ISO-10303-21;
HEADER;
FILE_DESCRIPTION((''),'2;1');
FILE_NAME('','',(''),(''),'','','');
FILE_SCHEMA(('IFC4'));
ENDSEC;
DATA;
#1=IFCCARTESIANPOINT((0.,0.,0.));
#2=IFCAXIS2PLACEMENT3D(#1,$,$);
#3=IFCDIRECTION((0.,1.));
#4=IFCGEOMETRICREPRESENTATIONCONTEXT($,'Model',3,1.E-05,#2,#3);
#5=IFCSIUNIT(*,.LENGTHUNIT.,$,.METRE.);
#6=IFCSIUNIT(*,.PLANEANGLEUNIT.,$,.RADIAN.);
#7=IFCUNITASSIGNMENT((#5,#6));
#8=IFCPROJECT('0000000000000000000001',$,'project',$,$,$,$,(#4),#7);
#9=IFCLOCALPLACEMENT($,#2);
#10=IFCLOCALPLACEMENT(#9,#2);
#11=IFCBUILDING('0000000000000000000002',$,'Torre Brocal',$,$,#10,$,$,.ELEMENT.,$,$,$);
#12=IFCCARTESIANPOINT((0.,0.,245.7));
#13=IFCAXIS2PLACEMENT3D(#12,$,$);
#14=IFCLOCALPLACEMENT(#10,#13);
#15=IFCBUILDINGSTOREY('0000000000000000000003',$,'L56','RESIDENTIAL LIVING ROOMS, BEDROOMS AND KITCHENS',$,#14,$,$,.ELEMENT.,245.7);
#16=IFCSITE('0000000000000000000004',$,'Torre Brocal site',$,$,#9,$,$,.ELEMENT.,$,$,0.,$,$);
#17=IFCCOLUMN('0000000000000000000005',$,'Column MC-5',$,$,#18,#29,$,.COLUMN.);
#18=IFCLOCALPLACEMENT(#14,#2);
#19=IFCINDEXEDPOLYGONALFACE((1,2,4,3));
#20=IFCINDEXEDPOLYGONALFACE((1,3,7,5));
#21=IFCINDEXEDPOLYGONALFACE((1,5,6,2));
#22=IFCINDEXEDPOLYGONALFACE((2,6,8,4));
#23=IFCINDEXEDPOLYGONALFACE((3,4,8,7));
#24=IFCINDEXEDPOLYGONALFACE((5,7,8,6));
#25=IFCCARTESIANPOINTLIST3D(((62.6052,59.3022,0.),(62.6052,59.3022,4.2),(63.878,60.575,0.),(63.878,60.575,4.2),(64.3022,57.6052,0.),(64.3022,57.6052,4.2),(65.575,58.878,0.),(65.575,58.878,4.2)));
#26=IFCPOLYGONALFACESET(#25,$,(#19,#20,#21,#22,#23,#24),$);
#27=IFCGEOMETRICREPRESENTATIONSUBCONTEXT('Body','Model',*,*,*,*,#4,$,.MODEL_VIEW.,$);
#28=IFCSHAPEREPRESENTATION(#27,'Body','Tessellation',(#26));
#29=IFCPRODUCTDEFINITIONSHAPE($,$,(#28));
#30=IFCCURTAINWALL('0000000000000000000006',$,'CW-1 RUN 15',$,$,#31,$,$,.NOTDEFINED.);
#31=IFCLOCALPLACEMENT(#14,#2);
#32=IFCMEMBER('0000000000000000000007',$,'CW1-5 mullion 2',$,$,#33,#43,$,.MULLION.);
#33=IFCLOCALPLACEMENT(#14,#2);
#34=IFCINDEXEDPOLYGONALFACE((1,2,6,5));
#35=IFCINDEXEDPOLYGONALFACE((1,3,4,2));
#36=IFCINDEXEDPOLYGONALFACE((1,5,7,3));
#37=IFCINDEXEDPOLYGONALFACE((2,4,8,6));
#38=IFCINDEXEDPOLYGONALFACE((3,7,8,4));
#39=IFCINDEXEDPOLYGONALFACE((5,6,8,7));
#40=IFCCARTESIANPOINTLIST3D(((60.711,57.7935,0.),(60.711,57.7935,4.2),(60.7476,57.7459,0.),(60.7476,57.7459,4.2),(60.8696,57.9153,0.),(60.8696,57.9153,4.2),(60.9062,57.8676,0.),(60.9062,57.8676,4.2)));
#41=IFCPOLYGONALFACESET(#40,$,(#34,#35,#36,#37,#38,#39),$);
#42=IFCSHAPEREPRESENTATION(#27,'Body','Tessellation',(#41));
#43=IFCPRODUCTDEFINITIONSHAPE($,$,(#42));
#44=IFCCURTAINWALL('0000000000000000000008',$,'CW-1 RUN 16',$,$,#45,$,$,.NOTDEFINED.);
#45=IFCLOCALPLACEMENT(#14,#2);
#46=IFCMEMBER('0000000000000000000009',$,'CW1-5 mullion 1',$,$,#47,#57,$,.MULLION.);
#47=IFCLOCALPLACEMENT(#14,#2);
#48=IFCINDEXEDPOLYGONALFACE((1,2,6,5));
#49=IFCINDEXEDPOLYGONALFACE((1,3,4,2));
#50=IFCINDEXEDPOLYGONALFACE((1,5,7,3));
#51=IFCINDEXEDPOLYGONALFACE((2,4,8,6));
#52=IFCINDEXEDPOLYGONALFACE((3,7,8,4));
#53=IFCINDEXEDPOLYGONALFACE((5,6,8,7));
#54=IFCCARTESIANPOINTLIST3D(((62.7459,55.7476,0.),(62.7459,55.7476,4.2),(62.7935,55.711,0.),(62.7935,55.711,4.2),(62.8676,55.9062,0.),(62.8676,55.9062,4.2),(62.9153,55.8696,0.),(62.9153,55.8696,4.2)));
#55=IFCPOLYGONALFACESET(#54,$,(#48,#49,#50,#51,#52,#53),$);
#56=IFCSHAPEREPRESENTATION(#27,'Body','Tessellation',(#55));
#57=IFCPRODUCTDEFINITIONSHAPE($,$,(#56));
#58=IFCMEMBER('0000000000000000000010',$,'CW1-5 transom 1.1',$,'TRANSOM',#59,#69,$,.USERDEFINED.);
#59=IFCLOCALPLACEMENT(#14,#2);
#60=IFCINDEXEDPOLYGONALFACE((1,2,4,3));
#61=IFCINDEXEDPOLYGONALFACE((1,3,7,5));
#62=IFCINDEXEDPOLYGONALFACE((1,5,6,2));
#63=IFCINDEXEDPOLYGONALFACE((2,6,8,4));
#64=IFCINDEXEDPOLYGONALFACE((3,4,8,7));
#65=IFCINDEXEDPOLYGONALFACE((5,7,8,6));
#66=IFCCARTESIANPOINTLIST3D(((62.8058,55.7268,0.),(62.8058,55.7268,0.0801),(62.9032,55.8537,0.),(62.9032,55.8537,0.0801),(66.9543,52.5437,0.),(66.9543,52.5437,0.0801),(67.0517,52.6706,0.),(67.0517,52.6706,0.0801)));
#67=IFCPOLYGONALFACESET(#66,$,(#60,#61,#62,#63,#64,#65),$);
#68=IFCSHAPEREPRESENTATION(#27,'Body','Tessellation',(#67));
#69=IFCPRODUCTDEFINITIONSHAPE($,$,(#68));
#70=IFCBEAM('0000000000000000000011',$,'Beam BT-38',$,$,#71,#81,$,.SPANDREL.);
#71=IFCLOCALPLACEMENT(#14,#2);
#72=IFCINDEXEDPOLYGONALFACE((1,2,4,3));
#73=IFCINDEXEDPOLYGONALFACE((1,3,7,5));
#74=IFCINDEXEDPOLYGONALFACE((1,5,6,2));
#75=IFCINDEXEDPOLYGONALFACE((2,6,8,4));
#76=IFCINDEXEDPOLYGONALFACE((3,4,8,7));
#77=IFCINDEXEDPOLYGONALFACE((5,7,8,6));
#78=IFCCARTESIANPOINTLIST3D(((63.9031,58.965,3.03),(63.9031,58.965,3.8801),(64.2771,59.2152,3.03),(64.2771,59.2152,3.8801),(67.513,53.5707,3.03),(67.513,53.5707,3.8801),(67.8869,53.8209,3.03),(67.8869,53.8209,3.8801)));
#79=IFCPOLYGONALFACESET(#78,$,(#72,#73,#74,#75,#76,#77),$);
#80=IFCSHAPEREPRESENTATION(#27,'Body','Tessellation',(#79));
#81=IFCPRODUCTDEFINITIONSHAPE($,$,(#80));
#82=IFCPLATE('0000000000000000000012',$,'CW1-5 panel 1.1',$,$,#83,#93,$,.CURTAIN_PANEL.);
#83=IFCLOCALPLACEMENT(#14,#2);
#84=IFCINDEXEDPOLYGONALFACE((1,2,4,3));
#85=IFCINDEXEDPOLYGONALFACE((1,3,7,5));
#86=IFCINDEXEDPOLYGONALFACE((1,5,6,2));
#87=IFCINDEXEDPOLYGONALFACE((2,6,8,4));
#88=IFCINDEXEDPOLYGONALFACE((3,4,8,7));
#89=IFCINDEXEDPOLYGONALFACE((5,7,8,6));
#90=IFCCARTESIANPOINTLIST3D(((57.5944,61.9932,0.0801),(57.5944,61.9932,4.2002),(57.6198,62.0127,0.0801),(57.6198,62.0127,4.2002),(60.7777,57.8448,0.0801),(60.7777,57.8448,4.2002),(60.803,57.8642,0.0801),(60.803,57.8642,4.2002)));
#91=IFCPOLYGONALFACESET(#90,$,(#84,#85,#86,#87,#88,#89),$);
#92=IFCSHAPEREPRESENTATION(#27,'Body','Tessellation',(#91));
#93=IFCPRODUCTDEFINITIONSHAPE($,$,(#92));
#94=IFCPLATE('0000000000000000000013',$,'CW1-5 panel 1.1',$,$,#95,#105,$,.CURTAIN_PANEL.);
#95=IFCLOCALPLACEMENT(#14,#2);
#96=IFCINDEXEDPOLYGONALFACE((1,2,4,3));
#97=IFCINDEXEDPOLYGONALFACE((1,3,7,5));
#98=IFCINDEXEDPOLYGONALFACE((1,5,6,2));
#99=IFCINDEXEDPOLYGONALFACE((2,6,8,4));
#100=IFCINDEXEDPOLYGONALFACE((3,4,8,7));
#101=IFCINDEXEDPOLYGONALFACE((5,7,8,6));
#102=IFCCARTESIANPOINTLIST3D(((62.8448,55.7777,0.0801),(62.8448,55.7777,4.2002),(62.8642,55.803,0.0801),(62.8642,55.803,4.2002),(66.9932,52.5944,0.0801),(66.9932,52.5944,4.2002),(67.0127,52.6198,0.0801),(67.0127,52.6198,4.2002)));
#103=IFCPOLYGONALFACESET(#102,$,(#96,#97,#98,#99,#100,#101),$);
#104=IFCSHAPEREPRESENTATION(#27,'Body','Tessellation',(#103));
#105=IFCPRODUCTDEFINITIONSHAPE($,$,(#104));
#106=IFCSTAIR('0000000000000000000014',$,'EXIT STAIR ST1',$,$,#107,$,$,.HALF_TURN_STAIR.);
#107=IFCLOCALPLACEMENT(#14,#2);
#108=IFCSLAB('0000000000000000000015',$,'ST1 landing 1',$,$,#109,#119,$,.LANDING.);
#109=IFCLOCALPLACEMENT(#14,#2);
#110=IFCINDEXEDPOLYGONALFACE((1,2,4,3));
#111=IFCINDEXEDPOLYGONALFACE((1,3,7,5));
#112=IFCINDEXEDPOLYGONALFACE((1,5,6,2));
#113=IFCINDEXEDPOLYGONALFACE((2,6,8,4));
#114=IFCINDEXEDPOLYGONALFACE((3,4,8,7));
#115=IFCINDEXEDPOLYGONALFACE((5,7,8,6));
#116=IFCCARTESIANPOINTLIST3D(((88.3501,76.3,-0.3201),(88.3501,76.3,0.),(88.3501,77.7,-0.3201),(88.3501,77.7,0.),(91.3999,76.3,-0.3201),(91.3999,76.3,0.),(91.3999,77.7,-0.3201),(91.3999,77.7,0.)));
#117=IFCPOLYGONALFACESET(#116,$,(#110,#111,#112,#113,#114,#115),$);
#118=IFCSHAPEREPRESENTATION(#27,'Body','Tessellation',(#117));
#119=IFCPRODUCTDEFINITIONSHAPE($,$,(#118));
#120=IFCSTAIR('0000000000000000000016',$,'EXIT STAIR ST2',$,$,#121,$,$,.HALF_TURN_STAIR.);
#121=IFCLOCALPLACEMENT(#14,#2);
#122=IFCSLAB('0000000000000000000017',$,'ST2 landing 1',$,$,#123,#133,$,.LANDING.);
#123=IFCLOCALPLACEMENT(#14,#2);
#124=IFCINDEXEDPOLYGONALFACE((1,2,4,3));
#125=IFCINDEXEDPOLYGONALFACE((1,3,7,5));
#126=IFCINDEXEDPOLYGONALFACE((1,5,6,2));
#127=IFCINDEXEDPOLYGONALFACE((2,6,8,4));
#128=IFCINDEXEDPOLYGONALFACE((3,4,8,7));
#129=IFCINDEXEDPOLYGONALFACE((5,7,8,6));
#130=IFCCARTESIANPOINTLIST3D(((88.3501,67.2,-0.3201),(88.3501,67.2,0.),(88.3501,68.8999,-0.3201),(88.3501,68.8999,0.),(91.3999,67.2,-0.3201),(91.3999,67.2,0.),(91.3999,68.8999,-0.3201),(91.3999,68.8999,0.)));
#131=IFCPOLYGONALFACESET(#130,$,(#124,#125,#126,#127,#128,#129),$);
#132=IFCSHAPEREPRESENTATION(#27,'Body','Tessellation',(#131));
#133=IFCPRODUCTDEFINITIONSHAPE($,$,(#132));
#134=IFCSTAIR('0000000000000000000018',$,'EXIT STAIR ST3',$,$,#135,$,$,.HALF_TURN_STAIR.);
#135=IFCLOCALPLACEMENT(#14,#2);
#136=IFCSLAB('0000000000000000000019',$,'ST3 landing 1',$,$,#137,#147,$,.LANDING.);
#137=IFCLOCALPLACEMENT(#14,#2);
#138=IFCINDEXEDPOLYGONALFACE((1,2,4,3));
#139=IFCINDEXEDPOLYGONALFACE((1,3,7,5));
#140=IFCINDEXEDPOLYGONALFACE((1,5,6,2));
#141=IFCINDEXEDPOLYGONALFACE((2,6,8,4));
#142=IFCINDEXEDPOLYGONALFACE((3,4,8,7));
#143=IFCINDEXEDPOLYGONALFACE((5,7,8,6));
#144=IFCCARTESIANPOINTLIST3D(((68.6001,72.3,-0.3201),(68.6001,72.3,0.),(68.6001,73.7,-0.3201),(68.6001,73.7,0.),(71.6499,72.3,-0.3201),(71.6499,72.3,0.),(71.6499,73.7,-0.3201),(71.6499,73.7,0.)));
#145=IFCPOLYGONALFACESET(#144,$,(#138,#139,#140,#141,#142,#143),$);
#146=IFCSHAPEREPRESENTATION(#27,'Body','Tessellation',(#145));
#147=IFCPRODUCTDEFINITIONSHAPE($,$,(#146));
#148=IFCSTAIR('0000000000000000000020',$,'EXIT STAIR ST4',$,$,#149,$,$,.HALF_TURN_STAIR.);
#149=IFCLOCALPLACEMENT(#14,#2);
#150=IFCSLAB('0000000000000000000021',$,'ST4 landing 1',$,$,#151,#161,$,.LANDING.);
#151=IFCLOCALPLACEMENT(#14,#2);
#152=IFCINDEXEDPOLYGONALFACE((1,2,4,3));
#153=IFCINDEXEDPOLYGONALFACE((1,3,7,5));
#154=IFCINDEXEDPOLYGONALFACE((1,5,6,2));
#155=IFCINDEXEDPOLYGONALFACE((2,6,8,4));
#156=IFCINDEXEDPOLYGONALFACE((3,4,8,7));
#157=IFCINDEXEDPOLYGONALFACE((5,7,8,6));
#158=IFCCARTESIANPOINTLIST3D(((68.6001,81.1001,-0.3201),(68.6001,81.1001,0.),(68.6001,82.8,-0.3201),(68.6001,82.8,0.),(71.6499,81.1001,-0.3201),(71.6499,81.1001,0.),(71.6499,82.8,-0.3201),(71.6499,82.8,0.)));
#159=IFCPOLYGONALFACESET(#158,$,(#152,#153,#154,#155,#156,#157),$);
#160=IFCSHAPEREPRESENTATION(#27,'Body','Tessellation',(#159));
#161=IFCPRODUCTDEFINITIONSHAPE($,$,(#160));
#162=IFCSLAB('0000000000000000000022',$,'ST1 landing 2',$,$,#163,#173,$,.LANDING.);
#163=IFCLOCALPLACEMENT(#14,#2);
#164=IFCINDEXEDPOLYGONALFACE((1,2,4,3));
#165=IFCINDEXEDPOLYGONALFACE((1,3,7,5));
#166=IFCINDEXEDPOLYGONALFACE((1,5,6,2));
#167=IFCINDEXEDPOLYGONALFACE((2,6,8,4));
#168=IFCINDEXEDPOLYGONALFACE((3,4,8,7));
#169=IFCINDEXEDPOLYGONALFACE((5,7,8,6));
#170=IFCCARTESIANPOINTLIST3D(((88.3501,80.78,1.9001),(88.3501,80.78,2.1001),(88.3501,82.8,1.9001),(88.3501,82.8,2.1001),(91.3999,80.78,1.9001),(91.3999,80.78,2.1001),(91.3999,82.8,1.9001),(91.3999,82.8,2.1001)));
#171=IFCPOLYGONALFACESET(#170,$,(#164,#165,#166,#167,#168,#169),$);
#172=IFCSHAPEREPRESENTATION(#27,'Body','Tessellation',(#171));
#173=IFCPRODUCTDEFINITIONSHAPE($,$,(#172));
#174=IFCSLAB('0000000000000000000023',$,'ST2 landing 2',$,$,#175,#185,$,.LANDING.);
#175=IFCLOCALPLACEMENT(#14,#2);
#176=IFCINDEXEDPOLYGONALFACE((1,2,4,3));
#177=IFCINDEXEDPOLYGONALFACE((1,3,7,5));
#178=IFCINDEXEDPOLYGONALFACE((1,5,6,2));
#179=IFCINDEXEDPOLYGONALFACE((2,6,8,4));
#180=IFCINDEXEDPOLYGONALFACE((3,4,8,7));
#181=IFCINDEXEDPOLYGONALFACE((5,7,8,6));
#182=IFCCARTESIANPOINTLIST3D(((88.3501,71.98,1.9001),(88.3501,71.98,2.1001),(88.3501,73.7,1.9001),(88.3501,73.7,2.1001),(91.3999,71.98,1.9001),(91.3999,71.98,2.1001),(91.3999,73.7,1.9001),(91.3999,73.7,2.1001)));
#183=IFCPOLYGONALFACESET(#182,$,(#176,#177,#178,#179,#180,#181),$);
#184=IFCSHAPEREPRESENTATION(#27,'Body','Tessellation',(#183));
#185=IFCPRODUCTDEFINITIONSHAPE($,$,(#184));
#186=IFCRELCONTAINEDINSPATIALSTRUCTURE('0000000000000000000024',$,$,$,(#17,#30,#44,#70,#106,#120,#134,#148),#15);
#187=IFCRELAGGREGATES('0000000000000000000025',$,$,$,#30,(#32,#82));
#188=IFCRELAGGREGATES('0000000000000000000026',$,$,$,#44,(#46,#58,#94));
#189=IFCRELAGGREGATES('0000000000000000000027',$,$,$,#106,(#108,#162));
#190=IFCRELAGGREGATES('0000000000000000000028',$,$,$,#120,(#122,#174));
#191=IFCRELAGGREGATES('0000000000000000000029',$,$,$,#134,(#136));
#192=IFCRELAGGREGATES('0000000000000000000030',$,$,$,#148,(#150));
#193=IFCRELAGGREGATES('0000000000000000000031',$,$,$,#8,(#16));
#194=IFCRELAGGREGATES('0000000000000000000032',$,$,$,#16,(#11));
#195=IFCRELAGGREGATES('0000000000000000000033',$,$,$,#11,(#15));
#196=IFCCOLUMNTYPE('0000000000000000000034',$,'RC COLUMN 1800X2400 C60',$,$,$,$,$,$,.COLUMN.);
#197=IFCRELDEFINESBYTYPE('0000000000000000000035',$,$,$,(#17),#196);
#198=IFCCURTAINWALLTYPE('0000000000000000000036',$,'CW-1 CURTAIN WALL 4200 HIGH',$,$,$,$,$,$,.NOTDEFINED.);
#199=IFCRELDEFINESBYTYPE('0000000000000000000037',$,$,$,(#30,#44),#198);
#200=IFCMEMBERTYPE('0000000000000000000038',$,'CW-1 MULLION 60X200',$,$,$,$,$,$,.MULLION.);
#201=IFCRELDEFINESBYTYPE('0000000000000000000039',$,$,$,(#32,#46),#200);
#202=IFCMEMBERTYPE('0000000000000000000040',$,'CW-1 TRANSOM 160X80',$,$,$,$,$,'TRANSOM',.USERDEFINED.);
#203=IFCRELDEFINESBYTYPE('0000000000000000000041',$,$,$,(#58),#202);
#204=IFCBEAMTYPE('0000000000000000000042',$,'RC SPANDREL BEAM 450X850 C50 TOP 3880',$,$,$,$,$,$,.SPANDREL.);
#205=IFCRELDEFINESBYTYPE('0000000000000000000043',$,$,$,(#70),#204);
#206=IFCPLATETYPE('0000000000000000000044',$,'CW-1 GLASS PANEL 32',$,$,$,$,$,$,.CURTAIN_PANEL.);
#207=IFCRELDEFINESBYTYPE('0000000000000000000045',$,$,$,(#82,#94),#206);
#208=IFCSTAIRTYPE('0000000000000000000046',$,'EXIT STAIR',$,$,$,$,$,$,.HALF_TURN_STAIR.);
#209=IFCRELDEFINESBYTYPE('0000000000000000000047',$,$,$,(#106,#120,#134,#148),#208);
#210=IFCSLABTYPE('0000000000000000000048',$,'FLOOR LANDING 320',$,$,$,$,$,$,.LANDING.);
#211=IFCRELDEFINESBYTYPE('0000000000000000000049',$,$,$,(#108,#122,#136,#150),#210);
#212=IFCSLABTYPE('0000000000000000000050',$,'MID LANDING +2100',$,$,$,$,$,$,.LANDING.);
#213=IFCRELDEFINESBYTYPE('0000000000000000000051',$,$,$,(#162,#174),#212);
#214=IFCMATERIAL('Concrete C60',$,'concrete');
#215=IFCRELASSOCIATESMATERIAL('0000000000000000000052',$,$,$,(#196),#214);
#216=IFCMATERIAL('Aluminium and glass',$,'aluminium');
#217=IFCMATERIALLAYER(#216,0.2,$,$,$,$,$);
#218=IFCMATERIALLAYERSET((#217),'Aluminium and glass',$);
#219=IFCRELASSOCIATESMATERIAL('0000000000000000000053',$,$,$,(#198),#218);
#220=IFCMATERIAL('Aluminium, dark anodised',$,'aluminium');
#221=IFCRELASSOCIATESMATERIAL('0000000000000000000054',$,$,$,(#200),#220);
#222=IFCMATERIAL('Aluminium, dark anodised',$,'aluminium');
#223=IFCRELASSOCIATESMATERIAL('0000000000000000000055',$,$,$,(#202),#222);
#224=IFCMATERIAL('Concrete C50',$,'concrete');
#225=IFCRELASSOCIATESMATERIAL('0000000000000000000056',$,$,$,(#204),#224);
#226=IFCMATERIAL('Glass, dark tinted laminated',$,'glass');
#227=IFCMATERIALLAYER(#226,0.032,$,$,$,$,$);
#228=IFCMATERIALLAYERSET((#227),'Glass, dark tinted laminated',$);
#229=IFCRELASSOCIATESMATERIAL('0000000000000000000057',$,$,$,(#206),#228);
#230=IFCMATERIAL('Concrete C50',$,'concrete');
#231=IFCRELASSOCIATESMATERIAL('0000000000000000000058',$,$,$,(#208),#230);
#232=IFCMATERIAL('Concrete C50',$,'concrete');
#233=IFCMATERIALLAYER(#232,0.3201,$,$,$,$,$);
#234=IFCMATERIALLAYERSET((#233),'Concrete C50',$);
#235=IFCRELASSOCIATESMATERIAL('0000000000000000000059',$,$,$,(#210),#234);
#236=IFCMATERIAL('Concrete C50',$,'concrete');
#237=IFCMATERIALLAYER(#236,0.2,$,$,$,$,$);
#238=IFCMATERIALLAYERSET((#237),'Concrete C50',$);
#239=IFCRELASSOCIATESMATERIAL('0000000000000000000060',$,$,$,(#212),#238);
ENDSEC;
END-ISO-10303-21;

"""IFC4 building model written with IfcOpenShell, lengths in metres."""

from ifc_helpers import new_model, si_unit, direction, frame, origin, origin_2d, place, context, subcontext, project, spatial, polyline, rectangle, outline, extrude, material, layer, layer_set, material_profile, profile_set, type_object, element, aggregate, save


model = new_model("IFC4")

# Units and contexts
model_context = context("Model", 3, precision=1e-05, world=origin(), true_north=direction((0.0, 1.0)))
body_context = subcontext(model_context, "Body", "Model", "MODEL_VIEW")
ifc_project = project(units=[si_unit("LENGTHUNIT", "METRE"), si_unit("PLANEANGLEUNIT", "RADIAN")], contexts=[model_context])

# Site, building, storey
site_placement = place(None, origin())
site = spatial("IfcSite", under=ifc_project, at=site_placement, Name="Torre Brocal site", CompositionType="ELEMENT", RefElevation=0.0)
building_placement = place(site_placement, origin())
building = spatial("IfcBuilding", under=site, at=building_placement, Name="Torre Brocal", CompositionType="ELEMENT")
storey_placement = place(building_placement, frame((0.0, 0.0, 245.7)))
storey = spatial("IfcBuildingStorey", under=building, at=storey_placement, Name="L56", Description="RESIDENTIAL LIVING ROOMS, BEDROOMS AND KITCHENS", CompositionType="ELEMENT", Elevation=245.7)

# Column
ifc_material_1 = material(Name="Concrete C60", Category="concrete")
ifc_material_profile_1 = material_profile(ifc_material_1, rectangle(XDim=1.8, YDim=2.3999, at=origin_2d()), Name="RC 1800X2400")
ifc_profile_set_1 = profile_set([ifc_material_profile_1], Name="Concrete C60")
column_type = type_object("IfcColumnType", Name="RC COLUMN 1800X2400 C60", PredefinedType="COLUMN", material=ifc_profile_set_1)
column_placement = place(storey_placement, frame((64.0901, 59.0901, 0.0), z_axis=(0.0, 0.0, 1.0), x_axis=(-0.707107, -0.707107, 0.0)))
element("IfcColumn", 1, at=column_placement, inside=storey, type_object=column_type, Name="Column MC-5", PredefinedType="COLUMN", context=body_context, shape_type="SweptSolid", body=[
    extrude(rectangle(XDim=1.8, YDim=2.3999, at=origin_2d()), origin(), (0.0, 0.0, 1.0), 4.2),
])

# Curtain wall, member
ifc_material_2 = material(Name="Aluminium and glass", Category="aluminium")
ifc_layer_1 = layer(ifc_material_2, 0.2)
ifc_layer_set_1 = layer_set([ifc_layer_1], Name="Aluminium and glass")
curtain_wall_type = type_object("IfcCurtainWallType", Name="CW-1 CURTAIN WALL 4200 HIGH", PredefinedType="NOTDEFINED", material=ifc_layer_set_1)
curtain_wall_1_placement = place(storey_placement, origin())
curtain_wall_1 = element("IfcCurtainWall", 2, at=curtain_wall_1_placement, inside=storey, type_object=curtain_wall_type, Name="CW-1 RUN 15", PredefinedType="NOTDEFINED")
ifc_material_3 = material(Name="Aluminium, dark anodised", Category="aluminium")
ifc_material_profile_2 = material_profile(ifc_material_3, rectangle(XDim=0.2, YDim=0.0601, at=origin_2d()), Name="CW-1 MULLION 60X200")
ifc_profile_set_2 = profile_set([ifc_material_profile_2], Name="Aluminium, dark anodised")
member_type_1 = type_object("IfcMemberType", Name="CW-1 MULLION 60X200", PredefinedType="MULLION", material=ifc_profile_set_2)
member_1_placement = place(storey_placement, frame((60.8086, 57.8306, 0.0), z_axis=(0.0, 0.0, 1.0), x_axis=(0.793353, 0.608761, 0.0)))
member_1 = element("IfcMember", 3, at=member_1_placement, type_object=member_type_1, Name="CW1-5 mullion 2", PredefinedType="MULLION", context=body_context, shape_type="SweptSolid", body=[
    extrude(rectangle(XDim=0.2, YDim=0.0601, at=origin_2d()), origin(), (0.0, 0.0, 1.0), 4.2),
])

# Curtain wall, members
curtain_wall_2_placement = place(storey_placement, origin())
curtain_wall_2 = element("IfcCurtainWall", 4, at=curtain_wall_2_placement, inside=storey, type_object=curtain_wall_type, Name="CW-1 RUN 16", PredefinedType="NOTDEFINED")
member_2_placement = place(storey_placement, frame((62.8306, 55.8086, 0.0), z_axis=(0.0, 0.0, 1.0), x_axis=(0.608761, 0.793353, 0.0)))
member_2 = element("IfcMember", 5, at=member_2_placement, type_object=member_type_1, Name="CW1-5 mullion 1", PredefinedType="MULLION", context=body_context, shape_type="SweptSolid", body=[
    extrude(rectangle(XDim=0.2, YDim=0.0601, at=origin_2d()), origin(), (0.0, 0.0, 1.0), 4.2),
])
ifc_material_4 = material(Name="Aluminium, dark anodised", Category="aluminium")
ifc_material_profile_3 = material_profile(ifc_material_4, rectangle(XDim=0.1599, YDim=0.0801, at=origin_2d()), Name="CW-1 TRANSOM 160X80")
ifc_profile_set_3 = profile_set([ifc_material_profile_3], Name="Aluminium, dark anodised")
member_type_2 = type_object("IfcMemberType", Name="CW-1 TRANSOM 160X80", ElementType="TRANSOM", PredefinedType="USERDEFINED", material=ifc_profile_set_3)
member_3_placement = place(storey_placement, frame((62.8545, 55.7903, 0.04), z_axis=(0.793363, -0.608749, 0.0), x_axis=(0.608749, 0.793363, 0.0)))
member_3 = element("IfcMember", 6, at=member_3_placement, type_object=member_type_2, Name="CW1-5 transom 1.1", ObjectType="TRANSOM", PredefinedType="USERDEFINED", context=body_context, shape_type="SweptSolid", body=[
    extrude(rectangle(XDim=0.1599, YDim=0.0801, at=origin_2d()), origin(), (0.0, 0.0, 1.0), 5.229),
])

# Beam
ifc_material_5 = material(Name="Concrete C50", Category="concrete")
ifc_material_profile_4 = material_profile(ifc_material_5, rectangle(XDim=0.45, YDim=0.8501, at=origin_2d()), Name="RC 450X850")
ifc_profile_set_4 = profile_set([ifc_material_profile_4], Name="Concrete C50")
beam_type = type_object("IfcBeamType", Name="RC SPANDREL BEAM 450X850 C50 TOP 3880", PredefinedType="SPANDREL", material=ifc_profile_set_4)
beam_placement = place(storey_placement, frame((64.0901, 59.0901, 3.4551), z_axis=(0.556158, -0.831077, 0.0), x_axis=(0.831077, 0.556158, 0.0)))
element("IfcBeam", 7, at=beam_placement, inside=storey, type_object=beam_type, Name="Beam BT-38", PredefinedType="SPANDREL", context=body_context, shape_type="SweptSolid", body=[
    extrude(rectangle(XDim=0.45, YDim=0.8501, at=origin_2d()), origin(), (0.0, 0.0, 1.0), 6.4907),
])

# Plates
ifc_material_6 = material(Name="Glass, dark tinted laminated", Category="glass")
ifc_layer_2 = layer(ifc_material_6, 0.032)
ifc_layer_set_2 = layer_set([ifc_layer_2], Name="Glass, dark tinted laminated")
plate_type = type_object("IfcPlateType", Name="CW-1 GLASS PANEL 32", PredefinedType="CURTAIN_PANEL", material=ifc_layer_set_2)
plate_1_placement = place(storey_placement, frame((59.1987, 59.9287, 0.0801), z_axis=(0.0, 0.0, 1.0), x_axis=(0.608761, -0.793353, 0.0)))
plate_1 = element("IfcPlate", 8, at=plate_1_placement, type_object=plate_type, Name="CW1-5 panel 1.1", PredefinedType="CURTAIN_PANEL", context=body_context, shape_type="SweptSolid", body=[
    extrude(rectangle(XDim=5.229, YDim=0.032, at=origin_2d()), origin(), (0.0, 0.0, 1.0), 4.1201),
])
aggregate(curtain_wall_1, [member_1, plate_1])
plate_2_placement = place(storey_placement, frame((64.9287, 54.1987, 0.0801), z_axis=(0.0, 0.0, 1.0), x_axis=(0.793353, -0.608761, 0.0)))
plate_2 = element("IfcPlate", 9, at=plate_2_placement, type_object=plate_type, Name="CW1-5 panel 1.1", PredefinedType="CURTAIN_PANEL", context=body_context, shape_type="SweptSolid", body=[
    extrude(rectangle(XDim=5.229, YDim=0.032, at=origin_2d()), origin(), (0.0, 0.0, 1.0), 4.1201),
])
aggregate(curtain_wall_2, [member_2, member_3, plate_2])

# Stairs, slabs
ifc_material_7 = material(Name="Concrete C50", Category="concrete")
stair_type = type_object("IfcStairType", Name="EXIT STAIR", PredefinedType="HALF_TURN_STAIR", material=ifc_material_7)
stair_1_placement = place(storey_placement, origin())
stair_1 = element("IfcStair", 10, at=stair_1_placement, inside=storey, type_object=stair_type, Name="EXIT STAIR ST1", PredefinedType="HALF_TURN_STAIR")
ifc_material_8 = material(Name="Concrete C50", Category="concrete")
ifc_layer_3 = layer(ifc_material_8, 0.3201)
ifc_layer_set_3 = layer_set([ifc_layer_3], Name="Concrete C50")
slab_type_1 = type_object("IfcSlabType", Name="FLOOR LANDING 320", PredefinedType="LANDING", material=ifc_layer_set_3)
slab_1_placement = place(storey_placement, frame((0.0, 0.0, -0.3201)))
slab_1 = element("IfcSlab", 11, at=slab_1_placement, type_object=slab_type_1, Name="ST1 landing 1", PredefinedType="LANDING", context=body_context, shape_type="SweptSolid", body=[
    extrude(outline(polyline([(88.3501, 76.3), (91.3999, 76.3), (91.3999, 77.7), (88.3501, 77.7), (88.3501, 76.3)])), origin(), (0.0, 0.0, 1.0), 0.3201),
])
stair_2_placement = place(storey_placement, origin())
stair_2 = element("IfcStair", 12, at=stair_2_placement, inside=storey, type_object=stair_type, Name="EXIT STAIR ST2", PredefinedType="HALF_TURN_STAIR")
slab_2_placement = place(storey_placement, frame((0.0, 0.0, -0.3201)))
slab_2 = element("IfcSlab", 13, at=slab_2_placement, type_object=slab_type_1, Name="ST2 landing 1", PredefinedType="LANDING", context=body_context, shape_type="SweptSolid", body=[
    extrude(outline(polyline([(88.3501, 67.2), (91.3999, 67.2), (91.3999, 68.8999), (88.3501, 68.8999), (88.3501, 67.2)])), origin(), (0.0, 0.0, 1.0), 0.3201),
])
stair_3_placement = place(storey_placement, origin())
stair_3 = element("IfcStair", 14, at=stair_3_placement, inside=storey, type_object=stair_type, Name="EXIT STAIR ST3", PredefinedType="HALF_TURN_STAIR")
slab_3_placement = place(storey_placement, frame((0.0, 0.0, -0.3201)))
slab_3 = element("IfcSlab", 15, at=slab_3_placement, type_object=slab_type_1, Name="ST3 landing 1", PredefinedType="LANDING", context=body_context, shape_type="SweptSolid", body=[
    extrude(outline(polyline([(71.6499, 73.7), (68.6001, 73.7), (68.6001, 72.3), (71.6499, 72.3), (71.6499, 73.7)])), origin(), (0.0, 0.0, 1.0), 0.3201),
])
stair_4_placement = place(storey_placement, origin())
stair_4 = element("IfcStair", 16, at=stair_4_placement, inside=storey, type_object=stair_type, Name="EXIT STAIR ST4", PredefinedType="HALF_TURN_STAIR")
slab_4_placement = place(storey_placement, frame((0.0, 0.0, -0.3201)))
slab_4 = element("IfcSlab", 17, at=slab_4_placement, type_object=slab_type_1, Name="ST4 landing 1", PredefinedType="LANDING", context=body_context, shape_type="SweptSolid", body=[
    extrude(outline(polyline([(71.6499, 82.8), (68.6001, 82.8), (68.6001, 81.1001), (71.6499, 81.1001), (71.6499, 82.8)])), origin(), (0.0, 0.0, 1.0), 0.3201),
])

# Slabs
ifc_material_9 = material(Name="Concrete C50", Category="concrete")
ifc_layer_4 = layer(ifc_material_9, 0.2)
ifc_layer_set_4 = layer_set([ifc_layer_4], Name="Concrete C50")
slab_type_2 = type_object("IfcSlabType", Name="MID LANDING +2100", PredefinedType="LANDING", material=ifc_layer_set_4)
slab_5_placement = place(storey_placement, frame((0.0, 0.0, 1.9001)))
slab_5 = element("IfcSlab", 18, at=slab_5_placement, type_object=slab_type_2, Name="ST1 landing 2", PredefinedType="LANDING", context=body_context, shape_type="SweptSolid", body=[
    extrude(outline(polyline([(88.3501, 80.78), (91.3999, 80.78), (91.3999, 82.8), (88.3501, 82.8), (88.3501, 80.78)])), origin(), (0.0, 0.0, 1.0), 0.2),
])
aggregate(stair_1, [slab_1, slab_5])
slab_6_placement = place(storey_placement, frame((0.0, 0.0, 1.9001)))
slab_6 = element("IfcSlab", 19, at=slab_6_placement, type_object=slab_type_2, Name="ST2 landing 2", PredefinedType="LANDING", context=body_context, shape_type="SweptSolid", body=[
    extrude(outline(polyline([(88.3501, 71.98), (91.3999, 71.98), (91.3999, 73.7), (88.3501, 73.7), (88.3501, 71.98)])), origin(), (0.0, 0.0, 1.0), 0.2),
])
aggregate(stair_2, [slab_2, slab_6])
aggregate(stair_3, [slab_3])
aggregate(stair_4, [slab_4])

save(model, "model.ifc")
